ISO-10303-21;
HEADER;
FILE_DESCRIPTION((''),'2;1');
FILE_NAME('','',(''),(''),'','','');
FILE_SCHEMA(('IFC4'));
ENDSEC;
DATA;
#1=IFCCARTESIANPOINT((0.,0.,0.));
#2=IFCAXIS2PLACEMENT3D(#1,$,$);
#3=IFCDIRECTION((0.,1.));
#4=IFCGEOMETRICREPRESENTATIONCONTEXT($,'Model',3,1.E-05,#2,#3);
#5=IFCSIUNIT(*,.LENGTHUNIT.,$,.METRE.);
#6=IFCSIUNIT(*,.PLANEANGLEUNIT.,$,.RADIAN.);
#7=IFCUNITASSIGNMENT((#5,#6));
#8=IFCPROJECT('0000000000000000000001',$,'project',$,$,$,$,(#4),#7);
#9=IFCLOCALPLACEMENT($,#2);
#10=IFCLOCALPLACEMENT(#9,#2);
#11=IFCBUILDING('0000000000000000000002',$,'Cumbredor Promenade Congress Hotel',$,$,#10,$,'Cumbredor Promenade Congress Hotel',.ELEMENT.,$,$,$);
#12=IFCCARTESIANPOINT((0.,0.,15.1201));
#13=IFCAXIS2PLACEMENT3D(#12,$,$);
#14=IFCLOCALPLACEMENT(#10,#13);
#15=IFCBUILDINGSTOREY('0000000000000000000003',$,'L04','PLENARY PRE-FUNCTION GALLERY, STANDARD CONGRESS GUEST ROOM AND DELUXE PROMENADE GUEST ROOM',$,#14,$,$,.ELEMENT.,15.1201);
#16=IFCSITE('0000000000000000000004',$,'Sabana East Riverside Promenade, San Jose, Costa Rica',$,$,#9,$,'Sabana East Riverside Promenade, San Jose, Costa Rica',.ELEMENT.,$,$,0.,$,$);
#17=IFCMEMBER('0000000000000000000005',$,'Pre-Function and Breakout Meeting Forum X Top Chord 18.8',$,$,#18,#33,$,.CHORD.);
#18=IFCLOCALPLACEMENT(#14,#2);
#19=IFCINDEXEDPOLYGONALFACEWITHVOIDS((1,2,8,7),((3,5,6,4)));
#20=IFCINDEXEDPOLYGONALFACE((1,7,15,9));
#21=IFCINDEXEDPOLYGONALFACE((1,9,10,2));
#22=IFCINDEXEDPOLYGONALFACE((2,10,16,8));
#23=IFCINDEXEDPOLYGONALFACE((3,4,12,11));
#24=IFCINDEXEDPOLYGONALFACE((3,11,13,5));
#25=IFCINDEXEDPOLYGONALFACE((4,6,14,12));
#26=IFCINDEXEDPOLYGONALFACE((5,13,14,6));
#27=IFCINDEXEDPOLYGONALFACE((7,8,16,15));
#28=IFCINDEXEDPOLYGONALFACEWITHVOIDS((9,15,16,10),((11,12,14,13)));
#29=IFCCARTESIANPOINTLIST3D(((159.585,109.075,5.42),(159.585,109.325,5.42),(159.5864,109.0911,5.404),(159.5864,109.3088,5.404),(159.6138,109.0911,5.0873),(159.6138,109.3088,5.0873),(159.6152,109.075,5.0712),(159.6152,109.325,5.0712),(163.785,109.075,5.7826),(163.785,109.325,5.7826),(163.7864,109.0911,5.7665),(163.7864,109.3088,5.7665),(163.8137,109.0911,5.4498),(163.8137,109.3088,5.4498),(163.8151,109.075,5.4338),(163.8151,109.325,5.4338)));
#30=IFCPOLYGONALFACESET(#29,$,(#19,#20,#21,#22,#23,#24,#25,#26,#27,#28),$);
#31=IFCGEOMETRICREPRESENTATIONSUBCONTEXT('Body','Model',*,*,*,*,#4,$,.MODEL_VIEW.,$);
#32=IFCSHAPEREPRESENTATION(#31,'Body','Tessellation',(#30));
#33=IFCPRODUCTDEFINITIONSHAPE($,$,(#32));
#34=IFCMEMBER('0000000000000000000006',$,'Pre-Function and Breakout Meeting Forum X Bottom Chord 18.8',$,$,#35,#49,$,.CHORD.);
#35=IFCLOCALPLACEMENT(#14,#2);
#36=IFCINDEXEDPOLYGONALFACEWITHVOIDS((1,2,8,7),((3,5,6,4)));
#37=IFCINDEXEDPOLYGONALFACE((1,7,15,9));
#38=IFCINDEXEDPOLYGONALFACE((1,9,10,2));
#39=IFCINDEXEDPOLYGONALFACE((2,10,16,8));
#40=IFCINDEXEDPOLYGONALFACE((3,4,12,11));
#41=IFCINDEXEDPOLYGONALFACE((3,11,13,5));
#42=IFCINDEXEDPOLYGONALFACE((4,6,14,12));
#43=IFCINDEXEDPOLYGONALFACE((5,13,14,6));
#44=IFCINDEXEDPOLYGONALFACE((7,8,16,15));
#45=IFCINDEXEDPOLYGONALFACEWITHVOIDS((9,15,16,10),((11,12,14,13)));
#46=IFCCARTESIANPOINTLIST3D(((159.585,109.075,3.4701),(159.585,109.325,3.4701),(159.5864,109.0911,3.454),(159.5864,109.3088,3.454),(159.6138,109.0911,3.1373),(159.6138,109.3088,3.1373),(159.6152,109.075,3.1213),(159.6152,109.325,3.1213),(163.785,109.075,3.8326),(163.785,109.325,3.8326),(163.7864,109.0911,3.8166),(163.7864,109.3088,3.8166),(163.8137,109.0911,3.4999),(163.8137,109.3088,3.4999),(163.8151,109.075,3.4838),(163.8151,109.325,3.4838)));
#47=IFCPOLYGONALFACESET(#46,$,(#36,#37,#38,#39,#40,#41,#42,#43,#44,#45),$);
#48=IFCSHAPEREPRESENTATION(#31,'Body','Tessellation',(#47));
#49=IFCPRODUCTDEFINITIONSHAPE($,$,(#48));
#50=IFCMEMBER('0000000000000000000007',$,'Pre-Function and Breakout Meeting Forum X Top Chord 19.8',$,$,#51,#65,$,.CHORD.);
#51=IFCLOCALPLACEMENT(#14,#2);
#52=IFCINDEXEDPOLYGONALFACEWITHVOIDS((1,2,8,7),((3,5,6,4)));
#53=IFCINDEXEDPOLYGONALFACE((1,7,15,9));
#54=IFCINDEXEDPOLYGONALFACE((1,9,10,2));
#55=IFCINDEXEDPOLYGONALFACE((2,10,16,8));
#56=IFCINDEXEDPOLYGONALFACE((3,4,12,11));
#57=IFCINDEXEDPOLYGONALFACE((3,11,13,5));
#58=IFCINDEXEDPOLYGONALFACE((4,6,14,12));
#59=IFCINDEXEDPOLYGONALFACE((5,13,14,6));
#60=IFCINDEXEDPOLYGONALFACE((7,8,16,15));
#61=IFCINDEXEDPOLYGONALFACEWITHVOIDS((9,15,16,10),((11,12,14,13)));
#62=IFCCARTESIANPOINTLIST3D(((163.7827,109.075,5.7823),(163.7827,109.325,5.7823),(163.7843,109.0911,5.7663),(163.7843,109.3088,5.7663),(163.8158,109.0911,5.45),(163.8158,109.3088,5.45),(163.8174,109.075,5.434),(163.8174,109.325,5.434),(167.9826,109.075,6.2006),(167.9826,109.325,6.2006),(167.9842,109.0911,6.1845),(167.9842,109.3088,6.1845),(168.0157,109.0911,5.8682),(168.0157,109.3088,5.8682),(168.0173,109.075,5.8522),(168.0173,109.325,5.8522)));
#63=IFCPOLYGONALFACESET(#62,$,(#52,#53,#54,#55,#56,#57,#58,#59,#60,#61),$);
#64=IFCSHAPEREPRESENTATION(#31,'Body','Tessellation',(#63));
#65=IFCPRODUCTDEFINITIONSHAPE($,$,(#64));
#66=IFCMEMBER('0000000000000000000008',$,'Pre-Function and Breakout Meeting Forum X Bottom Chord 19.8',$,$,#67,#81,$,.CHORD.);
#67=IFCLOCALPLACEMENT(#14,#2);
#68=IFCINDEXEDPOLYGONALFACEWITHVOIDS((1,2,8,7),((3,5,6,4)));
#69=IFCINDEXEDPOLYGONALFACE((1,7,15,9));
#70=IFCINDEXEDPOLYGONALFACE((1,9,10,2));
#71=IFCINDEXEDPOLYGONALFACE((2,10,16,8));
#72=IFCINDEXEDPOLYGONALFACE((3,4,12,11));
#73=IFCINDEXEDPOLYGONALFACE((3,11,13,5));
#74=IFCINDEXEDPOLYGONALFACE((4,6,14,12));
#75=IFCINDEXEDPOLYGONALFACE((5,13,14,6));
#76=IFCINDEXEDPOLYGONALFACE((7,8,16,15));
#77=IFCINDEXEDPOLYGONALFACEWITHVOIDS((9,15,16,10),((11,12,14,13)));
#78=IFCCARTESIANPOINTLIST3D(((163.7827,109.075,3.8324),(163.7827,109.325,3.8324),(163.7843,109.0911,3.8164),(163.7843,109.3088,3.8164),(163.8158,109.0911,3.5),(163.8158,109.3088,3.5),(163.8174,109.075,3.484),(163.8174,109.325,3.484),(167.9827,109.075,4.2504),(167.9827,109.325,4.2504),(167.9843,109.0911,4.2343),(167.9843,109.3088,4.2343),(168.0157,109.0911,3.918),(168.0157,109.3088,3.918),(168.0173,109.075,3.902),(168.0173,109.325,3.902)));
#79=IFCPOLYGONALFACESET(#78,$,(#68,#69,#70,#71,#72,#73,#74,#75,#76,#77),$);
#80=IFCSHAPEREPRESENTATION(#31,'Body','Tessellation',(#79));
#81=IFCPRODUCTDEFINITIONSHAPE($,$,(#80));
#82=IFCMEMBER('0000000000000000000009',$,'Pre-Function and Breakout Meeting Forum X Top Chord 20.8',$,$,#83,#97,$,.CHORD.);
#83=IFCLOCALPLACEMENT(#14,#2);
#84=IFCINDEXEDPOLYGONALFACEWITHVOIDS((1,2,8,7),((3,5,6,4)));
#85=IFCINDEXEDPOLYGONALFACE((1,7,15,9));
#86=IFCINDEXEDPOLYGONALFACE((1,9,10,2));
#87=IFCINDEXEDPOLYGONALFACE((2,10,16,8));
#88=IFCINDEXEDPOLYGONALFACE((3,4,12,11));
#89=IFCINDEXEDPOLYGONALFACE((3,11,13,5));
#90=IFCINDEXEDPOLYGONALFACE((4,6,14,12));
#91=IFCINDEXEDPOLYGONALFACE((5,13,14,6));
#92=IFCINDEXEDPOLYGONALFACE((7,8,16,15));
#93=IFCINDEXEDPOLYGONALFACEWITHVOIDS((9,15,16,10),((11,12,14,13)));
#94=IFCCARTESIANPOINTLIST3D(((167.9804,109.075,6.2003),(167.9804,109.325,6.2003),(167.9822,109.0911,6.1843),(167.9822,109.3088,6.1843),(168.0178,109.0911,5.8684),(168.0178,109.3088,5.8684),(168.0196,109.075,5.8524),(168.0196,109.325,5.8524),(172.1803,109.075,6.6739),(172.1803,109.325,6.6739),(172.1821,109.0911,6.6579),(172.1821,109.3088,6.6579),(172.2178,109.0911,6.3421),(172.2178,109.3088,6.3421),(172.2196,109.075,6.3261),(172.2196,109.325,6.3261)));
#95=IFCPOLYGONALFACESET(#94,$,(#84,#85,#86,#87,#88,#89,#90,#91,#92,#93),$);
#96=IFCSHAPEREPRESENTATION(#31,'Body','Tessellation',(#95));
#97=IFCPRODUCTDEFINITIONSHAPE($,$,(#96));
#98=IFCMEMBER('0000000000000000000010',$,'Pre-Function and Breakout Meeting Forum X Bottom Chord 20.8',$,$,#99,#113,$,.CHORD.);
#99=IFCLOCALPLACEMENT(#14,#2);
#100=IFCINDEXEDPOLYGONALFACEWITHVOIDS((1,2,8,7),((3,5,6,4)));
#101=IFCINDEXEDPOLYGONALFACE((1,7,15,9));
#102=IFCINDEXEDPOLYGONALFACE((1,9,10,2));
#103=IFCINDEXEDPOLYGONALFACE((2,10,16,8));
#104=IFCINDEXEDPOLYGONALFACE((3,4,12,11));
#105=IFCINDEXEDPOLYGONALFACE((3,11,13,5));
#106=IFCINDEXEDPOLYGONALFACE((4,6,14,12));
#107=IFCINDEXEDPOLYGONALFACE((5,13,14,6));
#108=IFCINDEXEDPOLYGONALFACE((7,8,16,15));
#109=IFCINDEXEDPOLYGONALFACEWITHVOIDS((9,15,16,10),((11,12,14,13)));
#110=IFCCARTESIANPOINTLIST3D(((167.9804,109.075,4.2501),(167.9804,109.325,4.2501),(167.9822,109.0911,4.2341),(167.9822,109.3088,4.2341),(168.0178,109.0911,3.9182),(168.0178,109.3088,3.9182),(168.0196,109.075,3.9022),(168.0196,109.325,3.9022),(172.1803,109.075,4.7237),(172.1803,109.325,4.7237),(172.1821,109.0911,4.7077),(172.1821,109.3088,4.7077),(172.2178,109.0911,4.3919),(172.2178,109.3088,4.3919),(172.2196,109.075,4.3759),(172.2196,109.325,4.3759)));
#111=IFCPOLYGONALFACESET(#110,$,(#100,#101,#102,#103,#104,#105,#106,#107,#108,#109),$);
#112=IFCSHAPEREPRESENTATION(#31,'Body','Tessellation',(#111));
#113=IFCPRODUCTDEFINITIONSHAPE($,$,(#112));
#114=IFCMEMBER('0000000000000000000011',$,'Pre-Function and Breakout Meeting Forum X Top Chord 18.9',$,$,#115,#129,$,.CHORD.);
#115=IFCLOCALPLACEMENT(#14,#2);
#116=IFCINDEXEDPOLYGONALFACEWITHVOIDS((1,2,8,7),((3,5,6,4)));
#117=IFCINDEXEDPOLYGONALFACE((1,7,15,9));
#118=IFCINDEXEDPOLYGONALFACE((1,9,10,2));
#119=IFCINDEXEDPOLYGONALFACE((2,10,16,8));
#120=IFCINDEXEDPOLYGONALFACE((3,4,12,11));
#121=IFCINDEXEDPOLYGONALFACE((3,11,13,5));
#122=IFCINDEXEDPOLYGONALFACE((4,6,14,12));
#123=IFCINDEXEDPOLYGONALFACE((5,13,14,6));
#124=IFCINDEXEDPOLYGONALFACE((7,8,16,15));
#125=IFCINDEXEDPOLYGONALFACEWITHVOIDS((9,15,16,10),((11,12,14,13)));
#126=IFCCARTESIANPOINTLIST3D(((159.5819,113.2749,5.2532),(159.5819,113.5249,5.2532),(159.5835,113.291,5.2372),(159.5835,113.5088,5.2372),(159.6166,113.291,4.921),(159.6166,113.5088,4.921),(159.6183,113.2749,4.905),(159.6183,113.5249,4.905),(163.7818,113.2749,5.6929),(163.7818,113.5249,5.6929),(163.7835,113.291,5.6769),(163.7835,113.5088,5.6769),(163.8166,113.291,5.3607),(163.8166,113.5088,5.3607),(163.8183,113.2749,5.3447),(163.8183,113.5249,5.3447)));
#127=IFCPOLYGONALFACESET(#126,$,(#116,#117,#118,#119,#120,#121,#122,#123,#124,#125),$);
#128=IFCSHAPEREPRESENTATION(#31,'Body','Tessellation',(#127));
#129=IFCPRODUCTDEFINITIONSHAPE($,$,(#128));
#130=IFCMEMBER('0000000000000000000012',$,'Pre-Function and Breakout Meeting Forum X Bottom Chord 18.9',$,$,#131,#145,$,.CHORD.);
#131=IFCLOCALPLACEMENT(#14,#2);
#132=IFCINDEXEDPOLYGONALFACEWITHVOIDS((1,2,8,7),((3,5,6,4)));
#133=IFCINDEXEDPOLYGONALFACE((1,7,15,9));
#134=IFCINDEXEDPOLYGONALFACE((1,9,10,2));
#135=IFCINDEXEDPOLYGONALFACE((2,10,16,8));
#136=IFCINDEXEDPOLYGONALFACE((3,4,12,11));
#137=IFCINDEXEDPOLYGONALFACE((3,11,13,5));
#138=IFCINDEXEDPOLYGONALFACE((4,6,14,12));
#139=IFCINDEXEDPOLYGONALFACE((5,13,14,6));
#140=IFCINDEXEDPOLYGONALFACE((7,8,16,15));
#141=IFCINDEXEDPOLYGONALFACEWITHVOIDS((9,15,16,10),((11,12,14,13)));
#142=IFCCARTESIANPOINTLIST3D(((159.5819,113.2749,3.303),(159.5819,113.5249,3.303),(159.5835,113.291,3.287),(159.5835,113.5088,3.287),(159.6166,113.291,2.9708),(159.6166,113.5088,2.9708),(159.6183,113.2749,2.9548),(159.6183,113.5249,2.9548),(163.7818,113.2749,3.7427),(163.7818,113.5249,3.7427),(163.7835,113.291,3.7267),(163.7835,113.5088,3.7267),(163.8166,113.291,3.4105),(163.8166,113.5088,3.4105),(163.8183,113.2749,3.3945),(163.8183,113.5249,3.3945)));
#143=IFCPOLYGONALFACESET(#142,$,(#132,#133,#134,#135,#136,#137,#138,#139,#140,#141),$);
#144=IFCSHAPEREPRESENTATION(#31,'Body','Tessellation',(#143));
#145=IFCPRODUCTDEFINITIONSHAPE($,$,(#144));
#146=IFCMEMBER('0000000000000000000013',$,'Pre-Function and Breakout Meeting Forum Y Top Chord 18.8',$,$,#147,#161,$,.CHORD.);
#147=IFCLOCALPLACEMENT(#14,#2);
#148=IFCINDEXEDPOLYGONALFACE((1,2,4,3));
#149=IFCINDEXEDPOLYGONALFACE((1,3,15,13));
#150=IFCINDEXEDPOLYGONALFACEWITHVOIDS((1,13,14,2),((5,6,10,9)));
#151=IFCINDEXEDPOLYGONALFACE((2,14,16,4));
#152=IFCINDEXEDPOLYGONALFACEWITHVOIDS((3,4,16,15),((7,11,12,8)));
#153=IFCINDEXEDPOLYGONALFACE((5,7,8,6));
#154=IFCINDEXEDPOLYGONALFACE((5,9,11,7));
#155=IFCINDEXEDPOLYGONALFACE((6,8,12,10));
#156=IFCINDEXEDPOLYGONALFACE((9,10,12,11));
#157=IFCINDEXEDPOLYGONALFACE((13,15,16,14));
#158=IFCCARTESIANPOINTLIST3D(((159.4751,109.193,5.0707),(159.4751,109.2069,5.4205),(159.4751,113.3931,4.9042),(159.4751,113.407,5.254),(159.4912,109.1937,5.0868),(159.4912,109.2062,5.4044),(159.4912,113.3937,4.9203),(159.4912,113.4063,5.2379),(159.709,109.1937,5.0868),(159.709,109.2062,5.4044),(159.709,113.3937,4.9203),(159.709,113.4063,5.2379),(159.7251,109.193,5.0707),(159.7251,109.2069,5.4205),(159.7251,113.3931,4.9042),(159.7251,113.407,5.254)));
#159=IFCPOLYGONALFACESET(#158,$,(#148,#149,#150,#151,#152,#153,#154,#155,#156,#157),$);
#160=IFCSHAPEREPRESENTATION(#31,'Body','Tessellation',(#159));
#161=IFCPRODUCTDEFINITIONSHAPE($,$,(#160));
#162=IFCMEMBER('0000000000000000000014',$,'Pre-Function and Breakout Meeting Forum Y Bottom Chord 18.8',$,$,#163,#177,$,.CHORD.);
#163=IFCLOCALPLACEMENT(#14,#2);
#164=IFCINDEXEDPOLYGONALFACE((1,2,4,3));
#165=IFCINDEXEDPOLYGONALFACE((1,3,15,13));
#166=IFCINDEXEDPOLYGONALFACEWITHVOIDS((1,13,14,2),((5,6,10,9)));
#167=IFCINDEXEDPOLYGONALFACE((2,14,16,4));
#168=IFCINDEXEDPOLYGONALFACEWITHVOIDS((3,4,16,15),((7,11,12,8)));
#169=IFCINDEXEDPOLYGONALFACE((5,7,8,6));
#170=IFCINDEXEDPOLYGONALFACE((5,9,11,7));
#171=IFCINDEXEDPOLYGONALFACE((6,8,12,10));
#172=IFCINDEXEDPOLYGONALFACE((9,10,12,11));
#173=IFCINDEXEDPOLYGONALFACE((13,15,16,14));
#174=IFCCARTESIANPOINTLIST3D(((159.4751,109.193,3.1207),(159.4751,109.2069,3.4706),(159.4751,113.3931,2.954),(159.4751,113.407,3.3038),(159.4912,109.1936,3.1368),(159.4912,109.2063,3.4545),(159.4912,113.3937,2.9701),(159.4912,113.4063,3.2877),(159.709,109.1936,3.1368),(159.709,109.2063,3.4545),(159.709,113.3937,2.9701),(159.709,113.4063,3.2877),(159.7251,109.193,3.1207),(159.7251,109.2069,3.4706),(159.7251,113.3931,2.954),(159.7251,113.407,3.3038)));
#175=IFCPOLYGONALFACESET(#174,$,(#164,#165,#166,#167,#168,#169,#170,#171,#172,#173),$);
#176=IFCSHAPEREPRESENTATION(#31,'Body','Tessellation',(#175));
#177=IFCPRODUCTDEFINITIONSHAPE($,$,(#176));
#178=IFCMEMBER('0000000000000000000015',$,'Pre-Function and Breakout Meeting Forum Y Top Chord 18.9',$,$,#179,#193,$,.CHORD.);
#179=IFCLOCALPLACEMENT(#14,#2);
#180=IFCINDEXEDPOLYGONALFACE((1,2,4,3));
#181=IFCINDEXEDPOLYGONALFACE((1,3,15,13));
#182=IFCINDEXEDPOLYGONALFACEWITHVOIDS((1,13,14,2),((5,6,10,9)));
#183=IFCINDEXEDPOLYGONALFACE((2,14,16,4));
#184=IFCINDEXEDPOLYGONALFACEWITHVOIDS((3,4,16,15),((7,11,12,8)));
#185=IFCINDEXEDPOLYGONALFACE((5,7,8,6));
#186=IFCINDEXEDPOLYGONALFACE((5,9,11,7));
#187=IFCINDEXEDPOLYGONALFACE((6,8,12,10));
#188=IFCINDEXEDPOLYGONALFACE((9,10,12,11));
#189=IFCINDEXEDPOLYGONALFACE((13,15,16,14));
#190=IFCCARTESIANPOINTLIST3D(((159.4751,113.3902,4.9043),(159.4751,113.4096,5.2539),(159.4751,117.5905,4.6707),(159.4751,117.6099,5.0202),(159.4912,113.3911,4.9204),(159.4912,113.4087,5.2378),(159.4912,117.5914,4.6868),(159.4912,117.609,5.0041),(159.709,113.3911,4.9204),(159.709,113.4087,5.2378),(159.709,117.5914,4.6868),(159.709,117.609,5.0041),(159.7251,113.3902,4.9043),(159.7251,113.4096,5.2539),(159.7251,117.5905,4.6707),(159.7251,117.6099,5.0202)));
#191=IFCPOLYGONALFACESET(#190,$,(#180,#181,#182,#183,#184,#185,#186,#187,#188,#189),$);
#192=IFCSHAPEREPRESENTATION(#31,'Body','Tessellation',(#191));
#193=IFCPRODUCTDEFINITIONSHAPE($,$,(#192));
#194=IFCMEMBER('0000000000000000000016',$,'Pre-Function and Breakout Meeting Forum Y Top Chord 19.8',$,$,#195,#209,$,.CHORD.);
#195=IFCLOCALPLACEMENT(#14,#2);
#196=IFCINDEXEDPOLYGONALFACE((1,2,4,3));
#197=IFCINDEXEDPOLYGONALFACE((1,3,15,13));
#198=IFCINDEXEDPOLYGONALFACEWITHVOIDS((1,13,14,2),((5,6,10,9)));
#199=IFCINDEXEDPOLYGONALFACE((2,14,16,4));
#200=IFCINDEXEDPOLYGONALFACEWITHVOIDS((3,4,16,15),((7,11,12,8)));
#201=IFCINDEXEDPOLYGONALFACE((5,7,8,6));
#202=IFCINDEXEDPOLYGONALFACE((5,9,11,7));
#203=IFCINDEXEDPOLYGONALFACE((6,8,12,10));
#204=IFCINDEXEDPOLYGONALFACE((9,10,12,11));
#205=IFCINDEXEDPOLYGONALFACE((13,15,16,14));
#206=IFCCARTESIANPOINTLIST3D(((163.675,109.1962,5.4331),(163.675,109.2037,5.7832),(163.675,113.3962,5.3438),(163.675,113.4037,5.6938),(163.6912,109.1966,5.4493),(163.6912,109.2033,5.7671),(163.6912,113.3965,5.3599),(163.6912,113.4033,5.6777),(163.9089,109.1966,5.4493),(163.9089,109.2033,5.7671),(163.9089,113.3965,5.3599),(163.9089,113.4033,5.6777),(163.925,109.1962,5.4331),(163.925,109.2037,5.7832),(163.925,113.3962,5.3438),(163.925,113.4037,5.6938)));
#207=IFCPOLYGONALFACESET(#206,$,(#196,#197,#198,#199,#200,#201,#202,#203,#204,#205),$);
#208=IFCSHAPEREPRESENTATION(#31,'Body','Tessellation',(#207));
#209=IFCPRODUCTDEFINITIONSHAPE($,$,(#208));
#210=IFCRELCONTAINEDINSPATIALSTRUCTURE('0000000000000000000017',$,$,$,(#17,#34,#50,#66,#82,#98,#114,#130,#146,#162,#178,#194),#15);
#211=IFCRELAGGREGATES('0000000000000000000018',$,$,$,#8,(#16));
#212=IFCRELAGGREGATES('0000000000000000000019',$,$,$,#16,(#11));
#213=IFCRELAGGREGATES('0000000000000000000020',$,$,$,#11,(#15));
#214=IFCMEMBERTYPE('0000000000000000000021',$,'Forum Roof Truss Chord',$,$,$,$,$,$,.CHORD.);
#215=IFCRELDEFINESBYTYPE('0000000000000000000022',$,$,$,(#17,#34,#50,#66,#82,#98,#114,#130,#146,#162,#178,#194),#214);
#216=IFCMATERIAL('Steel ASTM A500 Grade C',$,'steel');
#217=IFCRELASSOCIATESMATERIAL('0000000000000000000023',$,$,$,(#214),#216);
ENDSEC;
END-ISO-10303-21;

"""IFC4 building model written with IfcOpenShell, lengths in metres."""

from ifc_helpers import new_model, si_unit, direction, frame, origin, origin_2d, place, context, subcontext, project, spatial, hollow_rectangle, extrude, material, material_profile, profile_set, type_object, element, save


model = new_model("IFC4")

# Units and contexts
model_context = context("Model", 3, precision=1e-05, world=origin(), true_north=direction((0.0, 1.0)))
body_context = subcontext(model_context, "Body", "Model", "MODEL_VIEW")
ifc_project = project(units=[si_unit("LENGTHUNIT", "METRE"), si_unit("PLANEANGLEUNIT", "RADIAN")], contexts=[model_context])

# Site, building, storey
site_placement = place(None, origin())
site = spatial("IfcSite", under=ifc_project, at=site_placement, Name="Sabana East Riverside Promenade, San Jose, Costa Rica", LongName="Sabana East Riverside Promenade, San Jose, Costa Rica", CompositionType="ELEMENT", RefElevation=0.0)
building_placement = place(site_placement, origin())
building = spatial("IfcBuilding", under=site, at=building_placement, Name="Cumbredor Promenade Congress Hotel", LongName="Cumbredor Promenade Congress Hotel", CompositionType="ELEMENT")
storey_placement = place(building_placement, frame((0.0, 0.0, 15.1201)))
storey = spatial("IfcBuildingStorey", under=building, at=storey_placement, Name="L04", Description="PLENARY PRE-FUNCTION GALLERY, STANDARD CONGRESS GUEST ROOM AND DELUXE PROMENADE GUEST ROOM", CompositionType="ELEMENT", Elevation=15.1201)

# Members
ifc_material_1 = material(Name="Steel ASTM A500 Grade C", Category="steel")
ifc_material_profile_1 = material_profile(ifc_material_1, hollow_rectangle(XDim=0.25, YDim=0.3501, WallThickness=0.0161, at=origin_2d()), Name="HSS 350x250x16")
ifc_profile_set_1 = profile_set([ifc_material_profile_1], Name="Steel ASTM A500 Grade C")
member_type_1 = type_object("IfcMemberType", Name="Forum Roof Truss Chord", PredefinedType="CHORD", material=ifc_profile_set_1)
for number, where, z_axis, x_axis, name in (
    (1, (159.6001, 109.2, 5.2456), (0.996295, 0.0, 0.086002), (0.0, 1.0, 0.0), "Pre-Function and Breakout Meeting Forum X Top Chord 18.8"),
    (2, (159.6001, 109.2, 3.2957), (0.996295, 0.0, 0.086002), (0.0, 1.0, 0.0), "Pre-Function and Breakout Meeting Forum X Bottom Chord 18.8"),
):
    element("IfcMember", number, at=place(storey_placement, frame(where, z_axis=z_axis, x_axis=x_axis)), inside=storey, type_object=member_type_1, Name=name, PredefinedType="CHORD", context=body_context, shape_type="SweptSolid", body=[
        extrude(hollow_rectangle(XDim=0.25, YDim=0.3501, WallThickness=0.0161, at=origin_2d()), origin(), (0.0, 0.0, 1.0), 4.2156),
    ])
for number, where, z_axis, x_axis, name in (
    (3, (163.8, 109.2, 5.6082), (0.995079, 0.0, 0.099086), (0.0, 1.0, 0.0), "Pre-Function and Breakout Meeting Forum X Top Chord 19.8"),
    (4, (163.8, 109.2, 3.6582), (0.995085, 0.0, 0.099028), (0.0, 1.0, 0.0), "Pre-Function and Breakout Meeting Forum X Bottom Chord 19.8"),
):
    element("IfcMember", number, at=place(storey_placement, frame(where, z_axis=z_axis, x_axis=x_axis)), inside=storey, type_object=member_type_1, Name=name, PredefinedType="CHORD", context=body_context, shape_type="SweptSolid", body=[
        extrude(hollow_rectangle(XDim=0.25, YDim=0.3501, WallThickness=0.0161, at=origin_2d()), origin(), (0.0, 0.0, 1.0), 4.2207),
    ])
for number, where, z_axis, x_axis, name in (
    (5, (168.0, 109.2, 6.0264), (0.993701, 0.0, 0.112061), (0.0, 1.0, 0.0), "Pre-Function and Breakout Meeting Forum X Top Chord 20.8"),
    (6, (168.0, 109.2, 4.0762), (0.993701, 0.0, 0.112061), (0.0, 1.0, 0.0), "Pre-Function and Breakout Meeting Forum X Bottom Chord 20.8"),
):
    element("IfcMember", number, at=place(storey_placement, frame(where, z_axis=z_axis, x_axis=x_axis)), inside=storey, type_object=member_type_1, Name=name, PredefinedType="CHORD", context=body_context, shape_type="SweptSolid", body=[
        extrude(hollow_rectangle(XDim=0.25, YDim=0.3501, WallThickness=0.0161, at=origin_2d()), origin(), (0.0, 0.0, 1.0), 4.2266),
    ])
for number, where, z_axis, x_axis, name in (
    (7, (159.6001, 113.3999, 5.0791), (0.994565, 0.0, 0.104122), (0.0, 1.0, 0.0), "Pre-Function and Breakout Meeting Forum X Top Chord 18.9"),
    (8, (159.6001, 113.3999, 3.1289), (0.994565, 0.0, 0.104122), (0.0, 1.0, 0.0), "Pre-Function and Breakout Meeting Forum X Bottom Chord 18.9"),
):
    element("IfcMember", number, at=place(storey_placement, frame(where, z_axis=z_axis, x_axis=x_axis)), inside=storey, type_object=member_type_1, Name=name, PredefinedType="CHORD", context=body_context, shape_type="SweptSolid", body=[
        extrude(hollow_rectangle(XDim=0.25, YDim=0.3501, WallThickness=0.0161, at=origin_2d()), origin(), (0.0, 0.0, 1.0), 4.2229),
    ])
for number, where, z_axis, x_axis, name in (
    (9, (159.6001, 109.2, 5.2456), (0.0, 0.999215, -0.039613), (-1.0, 0.0, 0.0), "Pre-Function and Breakout Meeting Forum Y Top Chord 18.8"),
    (10, (159.6001, 109.2, 3.2957), (0.0, 0.999213, -0.039671), (-1.0, 0.0, 0.0), "Pre-Function and Breakout Meeting Forum Y Bottom Chord 18.8"),
):
    element("IfcMember", number, at=place(storey_placement, frame(where, z_axis=z_axis, x_axis=x_axis)), inside=storey, type_object=member_type_1, Name=name, PredefinedType="CHORD", context=body_context, shape_type="SweptSolid", body=[
        extrude(hollow_rectangle(XDim=0.25, YDim=0.3501, WallThickness=0.0161, at=origin_2d()), origin(), (0.0, 0.0, 1.0), 4.2034),
    ])
member_1_placement = place(storey_placement, frame((159.6001, 113.3999, 5.0791), z_axis=(0.0, 0.998456, -0.055541), x_axis=(-1.0, 0.0, 0.0)))
element("IfcMember", 11, at=member_1_placement, inside=storey, type_object=member_type_1, Name="Pre-Function and Breakout Meeting Forum Y Top Chord 18.9", PredefinedType="CHORD", context=body_context, shape_type="SweptSolid", body=[
    extrude(hollow_rectangle(XDim=0.25, YDim=0.3501, WallThickness=0.0161, at=origin_2d()), origin(), (0.0, 0.0, 1.0), 4.2068),
])
for number, where, z_axis, x_axis, name in (
    (12, (163.8, 109.2, 5.6082), (0.0, 0.999774, -0.021271), (-1.0, 0.0, 0.0), "Pre-Function and Breakout Meeting Forum Y Top Chord 19.8"),
):
    element("IfcMember", number, at=place(storey_placement, frame(where, z_axis=z_axis, x_axis=x_axis)), inside=storey, type_object=member_type_1, Name=name, PredefinedType="CHORD", context=body_context, shape_type="SweptSolid", body=[
        extrude(hollow_rectangle(XDim=0.25, YDim=0.3501, WallThickness=0.0161, at=origin_2d()), origin(), (0.0, 0.0, 1.0), 4.2009),
    ])

save(model, "model.ifc")
